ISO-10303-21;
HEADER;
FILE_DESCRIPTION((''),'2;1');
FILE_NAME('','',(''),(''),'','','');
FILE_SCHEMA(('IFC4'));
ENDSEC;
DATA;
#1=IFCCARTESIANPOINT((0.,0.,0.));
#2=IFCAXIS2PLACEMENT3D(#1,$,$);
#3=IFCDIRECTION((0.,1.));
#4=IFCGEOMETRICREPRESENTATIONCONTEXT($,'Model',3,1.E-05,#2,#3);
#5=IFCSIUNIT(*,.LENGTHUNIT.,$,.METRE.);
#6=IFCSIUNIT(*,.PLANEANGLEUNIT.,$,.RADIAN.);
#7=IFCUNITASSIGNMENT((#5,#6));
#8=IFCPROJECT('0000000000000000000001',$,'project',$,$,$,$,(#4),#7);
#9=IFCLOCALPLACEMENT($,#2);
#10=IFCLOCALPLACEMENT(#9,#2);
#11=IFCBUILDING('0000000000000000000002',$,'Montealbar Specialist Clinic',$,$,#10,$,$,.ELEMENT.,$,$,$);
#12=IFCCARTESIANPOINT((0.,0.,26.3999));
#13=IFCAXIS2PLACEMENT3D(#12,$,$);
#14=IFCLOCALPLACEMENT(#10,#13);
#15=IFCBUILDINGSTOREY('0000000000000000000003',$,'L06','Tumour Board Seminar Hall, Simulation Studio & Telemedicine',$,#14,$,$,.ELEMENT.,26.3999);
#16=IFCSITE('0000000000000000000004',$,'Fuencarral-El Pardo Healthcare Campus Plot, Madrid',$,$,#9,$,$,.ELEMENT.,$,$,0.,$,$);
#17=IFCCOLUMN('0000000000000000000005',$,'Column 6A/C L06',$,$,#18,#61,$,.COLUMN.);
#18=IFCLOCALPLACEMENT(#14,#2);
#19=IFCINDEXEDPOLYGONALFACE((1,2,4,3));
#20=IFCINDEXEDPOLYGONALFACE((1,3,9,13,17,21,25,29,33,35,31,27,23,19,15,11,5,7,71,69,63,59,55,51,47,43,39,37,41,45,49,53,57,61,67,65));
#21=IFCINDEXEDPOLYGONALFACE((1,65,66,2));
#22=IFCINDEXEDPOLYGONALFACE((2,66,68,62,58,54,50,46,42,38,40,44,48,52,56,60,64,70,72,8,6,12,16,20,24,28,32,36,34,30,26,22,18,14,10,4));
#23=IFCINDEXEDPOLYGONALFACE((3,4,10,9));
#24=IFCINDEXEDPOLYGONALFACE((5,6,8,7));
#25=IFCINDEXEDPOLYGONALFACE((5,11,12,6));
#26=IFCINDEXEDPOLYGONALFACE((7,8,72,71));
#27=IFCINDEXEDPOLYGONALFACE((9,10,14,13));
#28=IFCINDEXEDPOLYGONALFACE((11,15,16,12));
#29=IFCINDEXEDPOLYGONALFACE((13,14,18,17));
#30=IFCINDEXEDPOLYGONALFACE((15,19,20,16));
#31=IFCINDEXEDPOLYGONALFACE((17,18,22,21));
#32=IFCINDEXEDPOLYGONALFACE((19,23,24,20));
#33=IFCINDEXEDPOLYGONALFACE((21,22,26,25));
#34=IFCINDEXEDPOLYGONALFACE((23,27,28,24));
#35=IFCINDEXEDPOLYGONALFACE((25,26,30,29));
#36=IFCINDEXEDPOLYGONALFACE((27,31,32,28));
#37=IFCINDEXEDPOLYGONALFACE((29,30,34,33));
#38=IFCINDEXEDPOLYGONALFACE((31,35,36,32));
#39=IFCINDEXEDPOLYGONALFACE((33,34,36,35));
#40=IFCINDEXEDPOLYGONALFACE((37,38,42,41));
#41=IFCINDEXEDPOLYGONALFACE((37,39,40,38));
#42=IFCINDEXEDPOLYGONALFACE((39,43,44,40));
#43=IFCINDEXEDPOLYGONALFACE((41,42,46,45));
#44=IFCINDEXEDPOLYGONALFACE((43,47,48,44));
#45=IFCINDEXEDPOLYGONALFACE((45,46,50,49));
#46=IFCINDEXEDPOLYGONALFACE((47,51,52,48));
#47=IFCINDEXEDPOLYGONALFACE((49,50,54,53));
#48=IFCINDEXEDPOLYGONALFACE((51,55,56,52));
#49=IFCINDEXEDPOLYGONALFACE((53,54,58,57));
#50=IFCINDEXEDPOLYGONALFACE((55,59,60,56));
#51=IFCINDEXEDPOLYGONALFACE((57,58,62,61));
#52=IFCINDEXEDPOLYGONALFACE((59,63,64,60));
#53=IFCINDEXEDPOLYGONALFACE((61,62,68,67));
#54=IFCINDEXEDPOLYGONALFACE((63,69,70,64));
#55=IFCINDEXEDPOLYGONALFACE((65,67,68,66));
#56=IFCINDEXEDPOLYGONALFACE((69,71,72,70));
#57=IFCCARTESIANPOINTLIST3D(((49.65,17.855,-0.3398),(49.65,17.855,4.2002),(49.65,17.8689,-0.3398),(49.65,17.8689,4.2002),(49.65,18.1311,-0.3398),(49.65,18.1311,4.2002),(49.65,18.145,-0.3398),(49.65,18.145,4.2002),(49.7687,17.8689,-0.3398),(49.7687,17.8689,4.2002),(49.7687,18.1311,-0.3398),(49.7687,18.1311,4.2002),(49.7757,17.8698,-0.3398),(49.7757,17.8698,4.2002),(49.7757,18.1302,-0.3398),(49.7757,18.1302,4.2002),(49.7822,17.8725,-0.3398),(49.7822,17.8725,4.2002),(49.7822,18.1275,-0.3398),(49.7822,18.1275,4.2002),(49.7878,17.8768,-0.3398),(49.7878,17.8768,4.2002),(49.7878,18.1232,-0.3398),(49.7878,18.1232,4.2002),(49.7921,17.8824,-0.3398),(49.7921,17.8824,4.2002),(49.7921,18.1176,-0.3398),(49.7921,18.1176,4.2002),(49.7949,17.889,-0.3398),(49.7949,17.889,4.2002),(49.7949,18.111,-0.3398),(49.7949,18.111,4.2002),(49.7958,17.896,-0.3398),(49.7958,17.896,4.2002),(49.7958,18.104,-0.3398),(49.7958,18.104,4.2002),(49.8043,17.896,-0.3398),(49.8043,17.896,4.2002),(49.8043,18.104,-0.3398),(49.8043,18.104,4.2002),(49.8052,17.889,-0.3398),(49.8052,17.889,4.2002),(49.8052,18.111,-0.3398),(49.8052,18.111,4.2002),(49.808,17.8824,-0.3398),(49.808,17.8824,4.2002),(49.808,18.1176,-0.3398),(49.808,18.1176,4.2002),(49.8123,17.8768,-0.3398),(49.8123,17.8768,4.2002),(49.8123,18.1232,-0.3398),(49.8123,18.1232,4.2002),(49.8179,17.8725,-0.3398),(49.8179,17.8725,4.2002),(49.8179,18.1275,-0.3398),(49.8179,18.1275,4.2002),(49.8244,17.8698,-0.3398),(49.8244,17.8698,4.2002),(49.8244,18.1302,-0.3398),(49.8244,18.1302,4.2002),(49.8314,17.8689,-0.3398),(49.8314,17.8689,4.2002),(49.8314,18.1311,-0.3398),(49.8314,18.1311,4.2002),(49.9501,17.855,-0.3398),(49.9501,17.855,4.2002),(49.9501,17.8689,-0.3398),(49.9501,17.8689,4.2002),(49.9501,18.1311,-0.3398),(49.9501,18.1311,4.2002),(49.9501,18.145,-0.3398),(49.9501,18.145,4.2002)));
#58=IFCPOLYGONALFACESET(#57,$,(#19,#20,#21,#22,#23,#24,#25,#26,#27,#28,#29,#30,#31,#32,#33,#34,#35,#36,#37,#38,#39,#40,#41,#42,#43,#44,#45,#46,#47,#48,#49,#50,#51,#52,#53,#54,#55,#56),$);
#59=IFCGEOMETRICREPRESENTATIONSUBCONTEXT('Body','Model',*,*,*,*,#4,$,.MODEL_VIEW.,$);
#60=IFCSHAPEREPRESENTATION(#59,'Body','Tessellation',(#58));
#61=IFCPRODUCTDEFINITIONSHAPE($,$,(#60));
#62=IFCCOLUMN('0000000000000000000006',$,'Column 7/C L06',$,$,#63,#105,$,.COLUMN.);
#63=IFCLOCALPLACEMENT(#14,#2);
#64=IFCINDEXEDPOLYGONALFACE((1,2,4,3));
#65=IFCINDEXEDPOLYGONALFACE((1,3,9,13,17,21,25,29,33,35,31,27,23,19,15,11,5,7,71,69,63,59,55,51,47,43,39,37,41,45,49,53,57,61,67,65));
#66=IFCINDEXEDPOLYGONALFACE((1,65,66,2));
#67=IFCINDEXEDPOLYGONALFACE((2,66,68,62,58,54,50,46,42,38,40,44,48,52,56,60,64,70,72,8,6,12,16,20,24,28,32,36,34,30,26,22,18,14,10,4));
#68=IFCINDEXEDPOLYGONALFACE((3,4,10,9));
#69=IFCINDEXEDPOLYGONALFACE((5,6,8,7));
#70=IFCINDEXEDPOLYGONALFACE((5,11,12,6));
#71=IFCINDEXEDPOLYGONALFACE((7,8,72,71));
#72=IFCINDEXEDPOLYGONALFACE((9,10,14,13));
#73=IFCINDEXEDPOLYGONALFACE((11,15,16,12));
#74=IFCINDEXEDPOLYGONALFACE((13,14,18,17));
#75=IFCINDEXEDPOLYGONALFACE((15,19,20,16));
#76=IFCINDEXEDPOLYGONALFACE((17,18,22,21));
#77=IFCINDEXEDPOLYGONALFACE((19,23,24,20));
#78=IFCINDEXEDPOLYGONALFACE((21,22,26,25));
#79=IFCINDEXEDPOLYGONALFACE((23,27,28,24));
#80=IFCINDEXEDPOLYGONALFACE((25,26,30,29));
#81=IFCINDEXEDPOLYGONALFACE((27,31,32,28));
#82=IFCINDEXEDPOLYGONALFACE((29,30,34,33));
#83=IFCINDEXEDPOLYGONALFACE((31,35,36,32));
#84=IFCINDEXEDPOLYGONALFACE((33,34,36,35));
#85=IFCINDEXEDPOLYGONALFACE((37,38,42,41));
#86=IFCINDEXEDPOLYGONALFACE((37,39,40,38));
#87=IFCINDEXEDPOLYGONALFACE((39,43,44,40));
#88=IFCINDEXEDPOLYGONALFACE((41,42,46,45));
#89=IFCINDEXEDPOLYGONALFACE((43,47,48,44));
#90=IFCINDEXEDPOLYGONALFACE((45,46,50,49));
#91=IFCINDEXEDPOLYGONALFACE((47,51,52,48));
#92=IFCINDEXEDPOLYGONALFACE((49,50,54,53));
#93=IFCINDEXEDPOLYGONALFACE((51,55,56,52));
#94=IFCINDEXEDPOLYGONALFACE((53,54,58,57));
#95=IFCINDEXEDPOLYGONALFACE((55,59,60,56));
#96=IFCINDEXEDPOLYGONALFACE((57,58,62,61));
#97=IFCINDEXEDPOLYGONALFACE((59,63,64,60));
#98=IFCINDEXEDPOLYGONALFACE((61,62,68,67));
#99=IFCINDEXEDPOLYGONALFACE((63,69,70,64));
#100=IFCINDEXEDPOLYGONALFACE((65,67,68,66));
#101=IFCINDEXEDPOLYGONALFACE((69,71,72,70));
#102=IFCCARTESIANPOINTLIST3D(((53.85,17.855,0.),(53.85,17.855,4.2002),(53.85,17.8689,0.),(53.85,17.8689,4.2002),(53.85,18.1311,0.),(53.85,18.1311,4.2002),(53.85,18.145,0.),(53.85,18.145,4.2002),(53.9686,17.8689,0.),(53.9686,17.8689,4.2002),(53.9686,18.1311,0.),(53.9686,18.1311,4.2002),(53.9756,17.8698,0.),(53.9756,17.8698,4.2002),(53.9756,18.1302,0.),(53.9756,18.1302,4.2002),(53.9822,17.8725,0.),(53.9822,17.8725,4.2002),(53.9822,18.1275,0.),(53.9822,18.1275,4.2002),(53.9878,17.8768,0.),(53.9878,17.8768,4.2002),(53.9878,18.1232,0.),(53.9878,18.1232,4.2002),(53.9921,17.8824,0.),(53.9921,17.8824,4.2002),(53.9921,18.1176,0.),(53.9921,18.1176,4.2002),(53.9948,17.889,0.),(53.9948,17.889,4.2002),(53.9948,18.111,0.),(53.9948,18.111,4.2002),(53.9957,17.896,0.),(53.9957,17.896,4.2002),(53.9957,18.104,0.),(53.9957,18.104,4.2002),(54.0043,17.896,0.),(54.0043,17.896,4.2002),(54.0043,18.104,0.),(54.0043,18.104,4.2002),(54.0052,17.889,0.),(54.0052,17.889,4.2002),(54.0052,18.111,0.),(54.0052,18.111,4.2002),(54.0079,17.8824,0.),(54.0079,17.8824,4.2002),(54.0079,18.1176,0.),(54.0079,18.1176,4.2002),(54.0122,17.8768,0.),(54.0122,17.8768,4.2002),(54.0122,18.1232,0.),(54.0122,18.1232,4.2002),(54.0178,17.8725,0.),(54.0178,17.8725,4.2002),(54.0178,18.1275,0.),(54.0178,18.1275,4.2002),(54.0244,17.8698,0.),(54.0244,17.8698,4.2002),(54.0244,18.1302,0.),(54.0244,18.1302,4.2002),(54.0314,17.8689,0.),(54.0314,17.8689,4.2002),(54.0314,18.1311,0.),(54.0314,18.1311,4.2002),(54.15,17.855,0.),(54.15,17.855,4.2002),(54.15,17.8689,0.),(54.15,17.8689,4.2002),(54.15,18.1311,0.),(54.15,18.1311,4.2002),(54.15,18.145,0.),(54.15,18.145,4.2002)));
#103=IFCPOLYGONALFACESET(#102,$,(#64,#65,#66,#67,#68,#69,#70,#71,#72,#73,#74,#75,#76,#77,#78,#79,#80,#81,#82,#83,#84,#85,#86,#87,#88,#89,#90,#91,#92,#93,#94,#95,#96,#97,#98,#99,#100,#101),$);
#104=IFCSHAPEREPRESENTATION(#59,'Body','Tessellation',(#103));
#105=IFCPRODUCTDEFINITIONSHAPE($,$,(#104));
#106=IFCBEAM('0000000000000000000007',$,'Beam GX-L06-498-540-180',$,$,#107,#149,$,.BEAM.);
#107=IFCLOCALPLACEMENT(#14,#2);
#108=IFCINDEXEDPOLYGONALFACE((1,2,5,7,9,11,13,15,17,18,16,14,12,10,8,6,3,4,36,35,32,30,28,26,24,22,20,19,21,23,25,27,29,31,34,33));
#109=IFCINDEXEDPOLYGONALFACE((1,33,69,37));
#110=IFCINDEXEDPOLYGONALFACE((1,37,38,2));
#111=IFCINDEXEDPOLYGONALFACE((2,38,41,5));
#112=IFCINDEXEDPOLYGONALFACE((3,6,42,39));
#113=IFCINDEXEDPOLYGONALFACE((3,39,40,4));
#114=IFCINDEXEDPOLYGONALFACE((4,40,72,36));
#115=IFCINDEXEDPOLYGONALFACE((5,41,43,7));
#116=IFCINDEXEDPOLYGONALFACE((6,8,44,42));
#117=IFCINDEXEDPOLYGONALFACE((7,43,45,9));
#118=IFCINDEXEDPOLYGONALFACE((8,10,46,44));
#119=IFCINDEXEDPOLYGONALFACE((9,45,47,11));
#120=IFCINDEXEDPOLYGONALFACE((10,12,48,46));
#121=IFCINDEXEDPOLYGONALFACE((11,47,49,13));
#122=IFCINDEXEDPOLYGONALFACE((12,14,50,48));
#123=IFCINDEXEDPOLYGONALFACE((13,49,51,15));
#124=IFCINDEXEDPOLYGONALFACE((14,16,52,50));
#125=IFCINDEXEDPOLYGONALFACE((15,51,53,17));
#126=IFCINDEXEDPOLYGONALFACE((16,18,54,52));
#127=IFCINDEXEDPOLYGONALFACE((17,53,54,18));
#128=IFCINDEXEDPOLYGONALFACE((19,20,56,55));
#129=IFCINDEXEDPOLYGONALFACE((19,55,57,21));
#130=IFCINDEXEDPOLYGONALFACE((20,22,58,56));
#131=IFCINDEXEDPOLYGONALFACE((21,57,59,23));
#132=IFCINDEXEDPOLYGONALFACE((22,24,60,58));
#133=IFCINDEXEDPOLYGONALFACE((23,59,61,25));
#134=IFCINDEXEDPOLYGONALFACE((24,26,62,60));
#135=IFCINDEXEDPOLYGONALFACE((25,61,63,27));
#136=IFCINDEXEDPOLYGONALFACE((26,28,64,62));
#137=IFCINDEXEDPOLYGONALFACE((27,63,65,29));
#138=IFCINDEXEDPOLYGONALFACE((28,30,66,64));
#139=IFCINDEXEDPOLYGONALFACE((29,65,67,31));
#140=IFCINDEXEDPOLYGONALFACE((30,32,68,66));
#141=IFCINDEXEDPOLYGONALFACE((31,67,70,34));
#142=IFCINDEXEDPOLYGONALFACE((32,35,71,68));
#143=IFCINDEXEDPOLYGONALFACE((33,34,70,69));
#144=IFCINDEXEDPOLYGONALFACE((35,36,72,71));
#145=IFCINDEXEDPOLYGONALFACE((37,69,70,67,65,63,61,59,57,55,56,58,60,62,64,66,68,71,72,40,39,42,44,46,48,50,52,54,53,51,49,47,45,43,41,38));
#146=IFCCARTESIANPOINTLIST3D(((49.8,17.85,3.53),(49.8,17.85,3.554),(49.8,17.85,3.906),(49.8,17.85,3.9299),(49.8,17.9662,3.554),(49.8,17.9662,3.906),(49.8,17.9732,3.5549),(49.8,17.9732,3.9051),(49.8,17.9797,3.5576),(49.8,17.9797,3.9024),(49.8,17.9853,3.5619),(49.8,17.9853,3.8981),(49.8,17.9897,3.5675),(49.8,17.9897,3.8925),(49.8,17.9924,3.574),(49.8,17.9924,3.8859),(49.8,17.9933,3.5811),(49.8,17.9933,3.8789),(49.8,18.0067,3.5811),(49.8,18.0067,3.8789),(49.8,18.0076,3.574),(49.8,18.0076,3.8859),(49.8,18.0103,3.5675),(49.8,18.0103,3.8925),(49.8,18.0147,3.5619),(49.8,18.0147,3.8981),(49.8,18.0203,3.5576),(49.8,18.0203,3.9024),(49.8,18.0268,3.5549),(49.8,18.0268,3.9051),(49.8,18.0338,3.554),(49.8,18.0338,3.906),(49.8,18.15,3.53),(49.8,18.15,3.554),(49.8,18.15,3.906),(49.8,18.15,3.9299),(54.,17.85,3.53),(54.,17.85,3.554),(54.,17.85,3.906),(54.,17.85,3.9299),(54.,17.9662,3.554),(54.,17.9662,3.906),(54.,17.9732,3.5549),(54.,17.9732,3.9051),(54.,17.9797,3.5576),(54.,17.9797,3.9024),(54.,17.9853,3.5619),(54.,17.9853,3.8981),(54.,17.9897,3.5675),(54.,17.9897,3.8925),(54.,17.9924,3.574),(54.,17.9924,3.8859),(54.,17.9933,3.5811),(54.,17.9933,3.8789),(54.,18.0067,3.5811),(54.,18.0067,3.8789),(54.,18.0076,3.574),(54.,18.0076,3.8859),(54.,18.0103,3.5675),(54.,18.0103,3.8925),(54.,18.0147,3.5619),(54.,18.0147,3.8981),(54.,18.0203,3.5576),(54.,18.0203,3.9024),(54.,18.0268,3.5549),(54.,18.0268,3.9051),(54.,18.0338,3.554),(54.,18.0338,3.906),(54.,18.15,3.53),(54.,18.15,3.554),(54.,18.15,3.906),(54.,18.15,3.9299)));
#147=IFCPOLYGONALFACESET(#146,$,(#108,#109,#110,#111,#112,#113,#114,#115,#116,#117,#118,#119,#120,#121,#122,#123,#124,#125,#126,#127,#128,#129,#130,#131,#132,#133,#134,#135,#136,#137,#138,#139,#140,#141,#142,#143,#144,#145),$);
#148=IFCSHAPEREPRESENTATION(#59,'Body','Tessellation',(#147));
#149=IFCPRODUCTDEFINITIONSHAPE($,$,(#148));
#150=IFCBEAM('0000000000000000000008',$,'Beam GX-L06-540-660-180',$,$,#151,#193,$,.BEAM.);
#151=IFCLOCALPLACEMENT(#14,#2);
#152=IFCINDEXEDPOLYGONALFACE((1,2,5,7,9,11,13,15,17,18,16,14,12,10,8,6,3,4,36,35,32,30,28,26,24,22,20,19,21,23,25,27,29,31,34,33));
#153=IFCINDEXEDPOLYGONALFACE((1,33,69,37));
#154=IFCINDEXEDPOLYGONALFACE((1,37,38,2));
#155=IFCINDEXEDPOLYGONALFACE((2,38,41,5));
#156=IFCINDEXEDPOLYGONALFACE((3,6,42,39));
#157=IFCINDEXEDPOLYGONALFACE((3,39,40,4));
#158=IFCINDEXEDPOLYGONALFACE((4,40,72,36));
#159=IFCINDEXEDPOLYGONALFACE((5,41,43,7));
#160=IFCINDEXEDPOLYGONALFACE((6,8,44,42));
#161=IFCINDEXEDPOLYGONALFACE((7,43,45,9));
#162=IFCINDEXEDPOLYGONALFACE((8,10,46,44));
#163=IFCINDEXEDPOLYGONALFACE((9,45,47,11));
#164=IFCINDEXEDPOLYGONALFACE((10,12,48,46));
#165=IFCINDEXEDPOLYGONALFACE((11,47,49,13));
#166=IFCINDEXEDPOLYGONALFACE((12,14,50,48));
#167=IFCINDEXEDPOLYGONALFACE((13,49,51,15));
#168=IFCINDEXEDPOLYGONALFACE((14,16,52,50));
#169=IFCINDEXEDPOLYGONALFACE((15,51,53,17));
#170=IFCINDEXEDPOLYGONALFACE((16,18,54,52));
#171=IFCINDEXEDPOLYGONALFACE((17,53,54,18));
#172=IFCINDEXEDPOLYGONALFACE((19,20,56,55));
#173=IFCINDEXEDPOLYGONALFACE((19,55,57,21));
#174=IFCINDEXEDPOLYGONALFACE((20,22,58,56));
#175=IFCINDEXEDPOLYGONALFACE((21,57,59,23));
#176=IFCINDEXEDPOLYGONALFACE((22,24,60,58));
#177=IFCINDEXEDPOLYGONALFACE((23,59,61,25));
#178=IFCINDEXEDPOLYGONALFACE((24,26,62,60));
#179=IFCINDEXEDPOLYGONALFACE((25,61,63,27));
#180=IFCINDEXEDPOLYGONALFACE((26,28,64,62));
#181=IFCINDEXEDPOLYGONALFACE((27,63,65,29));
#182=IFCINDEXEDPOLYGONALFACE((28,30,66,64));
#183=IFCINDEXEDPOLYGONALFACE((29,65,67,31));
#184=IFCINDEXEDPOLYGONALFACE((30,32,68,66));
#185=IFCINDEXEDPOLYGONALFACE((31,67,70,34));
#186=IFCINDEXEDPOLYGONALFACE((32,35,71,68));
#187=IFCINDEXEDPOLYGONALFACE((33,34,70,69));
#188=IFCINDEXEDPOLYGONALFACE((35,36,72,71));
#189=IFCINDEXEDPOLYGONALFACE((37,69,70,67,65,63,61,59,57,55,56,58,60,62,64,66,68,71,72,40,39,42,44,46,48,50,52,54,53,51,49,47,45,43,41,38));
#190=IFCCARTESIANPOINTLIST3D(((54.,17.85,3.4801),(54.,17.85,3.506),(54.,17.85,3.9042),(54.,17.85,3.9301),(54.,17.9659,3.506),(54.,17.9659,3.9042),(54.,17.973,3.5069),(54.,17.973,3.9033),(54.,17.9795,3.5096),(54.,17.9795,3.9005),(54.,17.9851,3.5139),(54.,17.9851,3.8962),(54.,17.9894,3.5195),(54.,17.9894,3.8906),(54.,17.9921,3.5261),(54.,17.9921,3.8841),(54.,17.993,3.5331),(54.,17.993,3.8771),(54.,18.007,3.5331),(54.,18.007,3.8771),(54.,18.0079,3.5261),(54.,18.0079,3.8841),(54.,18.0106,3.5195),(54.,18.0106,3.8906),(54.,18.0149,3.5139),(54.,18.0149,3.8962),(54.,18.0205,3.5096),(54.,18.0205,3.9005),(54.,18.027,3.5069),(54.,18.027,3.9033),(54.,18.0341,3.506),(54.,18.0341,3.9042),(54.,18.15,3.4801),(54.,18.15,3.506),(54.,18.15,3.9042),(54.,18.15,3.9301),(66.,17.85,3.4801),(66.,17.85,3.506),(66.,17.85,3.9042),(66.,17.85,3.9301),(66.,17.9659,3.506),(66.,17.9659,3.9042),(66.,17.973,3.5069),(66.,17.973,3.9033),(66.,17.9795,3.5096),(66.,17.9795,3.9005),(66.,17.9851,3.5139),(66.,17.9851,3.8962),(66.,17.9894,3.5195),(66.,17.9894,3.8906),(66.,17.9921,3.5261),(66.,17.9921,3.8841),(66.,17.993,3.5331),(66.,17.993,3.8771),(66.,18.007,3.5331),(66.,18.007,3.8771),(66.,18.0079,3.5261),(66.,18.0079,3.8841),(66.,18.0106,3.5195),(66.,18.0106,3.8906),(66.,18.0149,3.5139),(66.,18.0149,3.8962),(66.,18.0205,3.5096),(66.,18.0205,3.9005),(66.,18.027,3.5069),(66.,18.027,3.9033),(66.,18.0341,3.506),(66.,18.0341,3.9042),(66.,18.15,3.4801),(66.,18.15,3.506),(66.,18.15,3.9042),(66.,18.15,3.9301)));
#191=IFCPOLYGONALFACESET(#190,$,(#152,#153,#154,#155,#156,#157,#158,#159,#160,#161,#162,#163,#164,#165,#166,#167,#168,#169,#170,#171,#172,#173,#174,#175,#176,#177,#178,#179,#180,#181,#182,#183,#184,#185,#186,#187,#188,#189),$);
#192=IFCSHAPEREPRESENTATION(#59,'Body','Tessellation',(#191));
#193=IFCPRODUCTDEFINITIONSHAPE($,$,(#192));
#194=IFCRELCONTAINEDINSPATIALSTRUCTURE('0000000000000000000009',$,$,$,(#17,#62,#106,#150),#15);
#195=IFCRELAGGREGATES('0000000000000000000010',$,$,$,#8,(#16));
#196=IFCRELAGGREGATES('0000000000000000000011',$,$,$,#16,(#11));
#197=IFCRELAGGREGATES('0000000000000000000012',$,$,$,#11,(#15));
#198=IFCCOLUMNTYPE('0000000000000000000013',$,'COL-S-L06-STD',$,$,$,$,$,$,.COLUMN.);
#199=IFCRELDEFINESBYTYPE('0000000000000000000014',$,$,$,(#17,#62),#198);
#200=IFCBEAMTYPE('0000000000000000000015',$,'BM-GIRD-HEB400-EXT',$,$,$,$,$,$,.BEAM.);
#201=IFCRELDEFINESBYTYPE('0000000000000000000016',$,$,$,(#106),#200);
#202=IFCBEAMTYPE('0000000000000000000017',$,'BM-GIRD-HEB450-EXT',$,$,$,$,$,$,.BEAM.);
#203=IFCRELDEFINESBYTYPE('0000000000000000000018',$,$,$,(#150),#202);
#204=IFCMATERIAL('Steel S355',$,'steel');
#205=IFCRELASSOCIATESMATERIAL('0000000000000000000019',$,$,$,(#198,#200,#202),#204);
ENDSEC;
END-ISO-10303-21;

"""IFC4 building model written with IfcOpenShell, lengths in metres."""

from ifc_helpers import new_model, si_unit, direction, frame, origin, origin_2d, place, context, subcontext, project, spatial, i_section, extrude, material, material_profile, profile_set, type_object, element, save


model = new_model("IFC4")

# Units and contexts
model_context = context("Model", 3, precision=1e-05, world=origin(), true_north=direction((0.0, 1.0)))
body_context = subcontext(model_context, "Body", "Model", "MODEL_VIEW")
ifc_project = project(units=[si_unit("LENGTHUNIT", "METRE"), si_unit("PLANEANGLEUNIT", "RADIAN")], contexts=[model_context])

# Site, building, storey
site_placement = place(None, origin())
site = spatial("IfcSite", under=ifc_project, at=site_placement, Name="Fuencarral-El Pardo Healthcare Campus Plot, Madrid", CompositionType="ELEMENT", RefElevation=0.0)
building_placement = place(site_placement, origin())
building = spatial("IfcBuilding", under=site, at=building_placement, Name="Montealbar Specialist Clinic", CompositionType="ELEMENT")
storey_placement = place(building_placement, frame((0.0, 0.0, 26.3999)))
storey = spatial("IfcBuildingStorey", under=building, at=storey_placement, Name="L06", Description="Tumour Board Seminar Hall, Simulation Studio & Telemedicine", CompositionType="ELEMENT", Elevation=26.3999)

# Columns
ifc_material_1 = material(Name="Steel S355", Category="steel")
ifc_material_profile_1 = material_profile(ifc_material_1, i_section(OverallWidth=0.3, OverallDepth=0.29, WebThickness=0.0085, FlangeThickness=0.0139, FilletRadius=0.0271, at=origin_2d()), Name="HEA 300", Category="steel")
ifc_profile_set_1 = profile_set([ifc_material_profile_1], Name="Steel S355")
column_type = type_object("IfcColumnType", Name="COL-S-L06-STD", PredefinedType="COLUMN", material=ifc_profile_set_1)
column_1_placement = place(storey_placement, frame((49.8, 18.0, -0.3398), z_axis=(0.0, 0.0, 1.0), x_axis=(1.0, 0.0, 0.0)))
element("IfcColumn", 1, at=column_1_placement, inside=storey, type_object=column_type, Name="Column 6A/C L06", PredefinedType="COLUMN", context=body_context, shape_type="SweptSolid", body=[
    extrude(i_section(OverallWidth=0.3, OverallDepth=0.29, WebThickness=0.0085, FlangeThickness=0.0139, FilletRadius=0.0271, at=origin_2d()), origin(), (0.0, 0.0, 1.0), 4.54),
])
column_2_placement = place(storey_placement, frame((54.0, 18.0, 0.0), z_axis=(0.0, 0.0, 1.0), x_axis=(1.0, 0.0, 0.0)))
element("IfcColumn", 2, at=column_2_placement, inside=storey, type_object=column_type, Name="Column 7/C L06", PredefinedType="COLUMN", context=body_context, shape_type="SweptSolid", body=[
    extrude(i_section(OverallWidth=0.3, OverallDepth=0.29, WebThickness=0.0085, FlangeThickness=0.0139, FilletRadius=0.0271, at=origin_2d()), origin(), (0.0, 0.0, 1.0), 4.2002),
])

# Beams
ifc_material_profile_2 = material_profile(ifc_material_1, i_section(OverallWidth=0.3, OverallDepth=0.3999, WebThickness=0.0134, FlangeThickness=0.0239, FilletRadius=0.0271, at=origin_2d()), Name="HEB 400", Category="steel")
ifc_profile_set_2 = profile_set([ifc_material_profile_2], Name="Steel S355")
beam_type_1 = type_object("IfcBeamType", Name="BM-GIRD-HEB400-EXT", PredefinedType="BEAM", material=ifc_profile_set_2)
beam_1_placement = place(storey_placement, frame((49.8, 18.0, 3.73), z_axis=(1.0, 0.0, 0.0), x_axis=(0.0, 1.0, 0.0)))
element("IfcBeam", 3, at=beam_1_placement, inside=storey, type_object=beam_type_1, Name="Beam GX-L06-498-540-180", PredefinedType="BEAM", context=body_context, shape_type="SweptSolid", body=[
    extrude(i_section(OverallWidth=0.3, OverallDepth=0.3999, WebThickness=0.0134, FlangeThickness=0.0239, FilletRadius=0.0271, at=origin_2d()), origin(), (0.0, 0.0, 1.0), 4.2),
])
ifc_material_profile_3 = material_profile(ifc_material_1, i_section(OverallWidth=0.3, OverallDepth=0.45, WebThickness=0.0139, FlangeThickness=0.0259, FilletRadius=0.0271, at=origin_2d()), Name="HEB 450", Category="steel")
ifc_profile_set_3 = profile_set([ifc_material_profile_3], Name="Steel S355")
beam_type_2 = type_object("IfcBeamType", Name="BM-GIRD-HEB450-EXT", PredefinedType="BEAM", material=ifc_profile_set_3)
beam_2_placement = place(storey_placement, frame((54.0, 18.0, 3.7051), z_axis=(1.0, 0.0, 0.0), x_axis=(0.0, 1.0, 0.0)))
element("IfcBeam", 4, at=beam_2_placement, inside=storey, type_object=beam_type_2, Name="Beam GX-L06-540-660-180", PredefinedType="BEAM", context=body_context, shape_type="SweptSolid", body=[
    extrude(i_section(OverallWidth=0.3, OverallDepth=0.45, WebThickness=0.0139, FlangeThickness=0.0259, FilletRadius=0.0271, at=origin_2d()), origin(), (0.0, 0.0, 1.0), 12.0),
])

save(model, "model.ifc")
